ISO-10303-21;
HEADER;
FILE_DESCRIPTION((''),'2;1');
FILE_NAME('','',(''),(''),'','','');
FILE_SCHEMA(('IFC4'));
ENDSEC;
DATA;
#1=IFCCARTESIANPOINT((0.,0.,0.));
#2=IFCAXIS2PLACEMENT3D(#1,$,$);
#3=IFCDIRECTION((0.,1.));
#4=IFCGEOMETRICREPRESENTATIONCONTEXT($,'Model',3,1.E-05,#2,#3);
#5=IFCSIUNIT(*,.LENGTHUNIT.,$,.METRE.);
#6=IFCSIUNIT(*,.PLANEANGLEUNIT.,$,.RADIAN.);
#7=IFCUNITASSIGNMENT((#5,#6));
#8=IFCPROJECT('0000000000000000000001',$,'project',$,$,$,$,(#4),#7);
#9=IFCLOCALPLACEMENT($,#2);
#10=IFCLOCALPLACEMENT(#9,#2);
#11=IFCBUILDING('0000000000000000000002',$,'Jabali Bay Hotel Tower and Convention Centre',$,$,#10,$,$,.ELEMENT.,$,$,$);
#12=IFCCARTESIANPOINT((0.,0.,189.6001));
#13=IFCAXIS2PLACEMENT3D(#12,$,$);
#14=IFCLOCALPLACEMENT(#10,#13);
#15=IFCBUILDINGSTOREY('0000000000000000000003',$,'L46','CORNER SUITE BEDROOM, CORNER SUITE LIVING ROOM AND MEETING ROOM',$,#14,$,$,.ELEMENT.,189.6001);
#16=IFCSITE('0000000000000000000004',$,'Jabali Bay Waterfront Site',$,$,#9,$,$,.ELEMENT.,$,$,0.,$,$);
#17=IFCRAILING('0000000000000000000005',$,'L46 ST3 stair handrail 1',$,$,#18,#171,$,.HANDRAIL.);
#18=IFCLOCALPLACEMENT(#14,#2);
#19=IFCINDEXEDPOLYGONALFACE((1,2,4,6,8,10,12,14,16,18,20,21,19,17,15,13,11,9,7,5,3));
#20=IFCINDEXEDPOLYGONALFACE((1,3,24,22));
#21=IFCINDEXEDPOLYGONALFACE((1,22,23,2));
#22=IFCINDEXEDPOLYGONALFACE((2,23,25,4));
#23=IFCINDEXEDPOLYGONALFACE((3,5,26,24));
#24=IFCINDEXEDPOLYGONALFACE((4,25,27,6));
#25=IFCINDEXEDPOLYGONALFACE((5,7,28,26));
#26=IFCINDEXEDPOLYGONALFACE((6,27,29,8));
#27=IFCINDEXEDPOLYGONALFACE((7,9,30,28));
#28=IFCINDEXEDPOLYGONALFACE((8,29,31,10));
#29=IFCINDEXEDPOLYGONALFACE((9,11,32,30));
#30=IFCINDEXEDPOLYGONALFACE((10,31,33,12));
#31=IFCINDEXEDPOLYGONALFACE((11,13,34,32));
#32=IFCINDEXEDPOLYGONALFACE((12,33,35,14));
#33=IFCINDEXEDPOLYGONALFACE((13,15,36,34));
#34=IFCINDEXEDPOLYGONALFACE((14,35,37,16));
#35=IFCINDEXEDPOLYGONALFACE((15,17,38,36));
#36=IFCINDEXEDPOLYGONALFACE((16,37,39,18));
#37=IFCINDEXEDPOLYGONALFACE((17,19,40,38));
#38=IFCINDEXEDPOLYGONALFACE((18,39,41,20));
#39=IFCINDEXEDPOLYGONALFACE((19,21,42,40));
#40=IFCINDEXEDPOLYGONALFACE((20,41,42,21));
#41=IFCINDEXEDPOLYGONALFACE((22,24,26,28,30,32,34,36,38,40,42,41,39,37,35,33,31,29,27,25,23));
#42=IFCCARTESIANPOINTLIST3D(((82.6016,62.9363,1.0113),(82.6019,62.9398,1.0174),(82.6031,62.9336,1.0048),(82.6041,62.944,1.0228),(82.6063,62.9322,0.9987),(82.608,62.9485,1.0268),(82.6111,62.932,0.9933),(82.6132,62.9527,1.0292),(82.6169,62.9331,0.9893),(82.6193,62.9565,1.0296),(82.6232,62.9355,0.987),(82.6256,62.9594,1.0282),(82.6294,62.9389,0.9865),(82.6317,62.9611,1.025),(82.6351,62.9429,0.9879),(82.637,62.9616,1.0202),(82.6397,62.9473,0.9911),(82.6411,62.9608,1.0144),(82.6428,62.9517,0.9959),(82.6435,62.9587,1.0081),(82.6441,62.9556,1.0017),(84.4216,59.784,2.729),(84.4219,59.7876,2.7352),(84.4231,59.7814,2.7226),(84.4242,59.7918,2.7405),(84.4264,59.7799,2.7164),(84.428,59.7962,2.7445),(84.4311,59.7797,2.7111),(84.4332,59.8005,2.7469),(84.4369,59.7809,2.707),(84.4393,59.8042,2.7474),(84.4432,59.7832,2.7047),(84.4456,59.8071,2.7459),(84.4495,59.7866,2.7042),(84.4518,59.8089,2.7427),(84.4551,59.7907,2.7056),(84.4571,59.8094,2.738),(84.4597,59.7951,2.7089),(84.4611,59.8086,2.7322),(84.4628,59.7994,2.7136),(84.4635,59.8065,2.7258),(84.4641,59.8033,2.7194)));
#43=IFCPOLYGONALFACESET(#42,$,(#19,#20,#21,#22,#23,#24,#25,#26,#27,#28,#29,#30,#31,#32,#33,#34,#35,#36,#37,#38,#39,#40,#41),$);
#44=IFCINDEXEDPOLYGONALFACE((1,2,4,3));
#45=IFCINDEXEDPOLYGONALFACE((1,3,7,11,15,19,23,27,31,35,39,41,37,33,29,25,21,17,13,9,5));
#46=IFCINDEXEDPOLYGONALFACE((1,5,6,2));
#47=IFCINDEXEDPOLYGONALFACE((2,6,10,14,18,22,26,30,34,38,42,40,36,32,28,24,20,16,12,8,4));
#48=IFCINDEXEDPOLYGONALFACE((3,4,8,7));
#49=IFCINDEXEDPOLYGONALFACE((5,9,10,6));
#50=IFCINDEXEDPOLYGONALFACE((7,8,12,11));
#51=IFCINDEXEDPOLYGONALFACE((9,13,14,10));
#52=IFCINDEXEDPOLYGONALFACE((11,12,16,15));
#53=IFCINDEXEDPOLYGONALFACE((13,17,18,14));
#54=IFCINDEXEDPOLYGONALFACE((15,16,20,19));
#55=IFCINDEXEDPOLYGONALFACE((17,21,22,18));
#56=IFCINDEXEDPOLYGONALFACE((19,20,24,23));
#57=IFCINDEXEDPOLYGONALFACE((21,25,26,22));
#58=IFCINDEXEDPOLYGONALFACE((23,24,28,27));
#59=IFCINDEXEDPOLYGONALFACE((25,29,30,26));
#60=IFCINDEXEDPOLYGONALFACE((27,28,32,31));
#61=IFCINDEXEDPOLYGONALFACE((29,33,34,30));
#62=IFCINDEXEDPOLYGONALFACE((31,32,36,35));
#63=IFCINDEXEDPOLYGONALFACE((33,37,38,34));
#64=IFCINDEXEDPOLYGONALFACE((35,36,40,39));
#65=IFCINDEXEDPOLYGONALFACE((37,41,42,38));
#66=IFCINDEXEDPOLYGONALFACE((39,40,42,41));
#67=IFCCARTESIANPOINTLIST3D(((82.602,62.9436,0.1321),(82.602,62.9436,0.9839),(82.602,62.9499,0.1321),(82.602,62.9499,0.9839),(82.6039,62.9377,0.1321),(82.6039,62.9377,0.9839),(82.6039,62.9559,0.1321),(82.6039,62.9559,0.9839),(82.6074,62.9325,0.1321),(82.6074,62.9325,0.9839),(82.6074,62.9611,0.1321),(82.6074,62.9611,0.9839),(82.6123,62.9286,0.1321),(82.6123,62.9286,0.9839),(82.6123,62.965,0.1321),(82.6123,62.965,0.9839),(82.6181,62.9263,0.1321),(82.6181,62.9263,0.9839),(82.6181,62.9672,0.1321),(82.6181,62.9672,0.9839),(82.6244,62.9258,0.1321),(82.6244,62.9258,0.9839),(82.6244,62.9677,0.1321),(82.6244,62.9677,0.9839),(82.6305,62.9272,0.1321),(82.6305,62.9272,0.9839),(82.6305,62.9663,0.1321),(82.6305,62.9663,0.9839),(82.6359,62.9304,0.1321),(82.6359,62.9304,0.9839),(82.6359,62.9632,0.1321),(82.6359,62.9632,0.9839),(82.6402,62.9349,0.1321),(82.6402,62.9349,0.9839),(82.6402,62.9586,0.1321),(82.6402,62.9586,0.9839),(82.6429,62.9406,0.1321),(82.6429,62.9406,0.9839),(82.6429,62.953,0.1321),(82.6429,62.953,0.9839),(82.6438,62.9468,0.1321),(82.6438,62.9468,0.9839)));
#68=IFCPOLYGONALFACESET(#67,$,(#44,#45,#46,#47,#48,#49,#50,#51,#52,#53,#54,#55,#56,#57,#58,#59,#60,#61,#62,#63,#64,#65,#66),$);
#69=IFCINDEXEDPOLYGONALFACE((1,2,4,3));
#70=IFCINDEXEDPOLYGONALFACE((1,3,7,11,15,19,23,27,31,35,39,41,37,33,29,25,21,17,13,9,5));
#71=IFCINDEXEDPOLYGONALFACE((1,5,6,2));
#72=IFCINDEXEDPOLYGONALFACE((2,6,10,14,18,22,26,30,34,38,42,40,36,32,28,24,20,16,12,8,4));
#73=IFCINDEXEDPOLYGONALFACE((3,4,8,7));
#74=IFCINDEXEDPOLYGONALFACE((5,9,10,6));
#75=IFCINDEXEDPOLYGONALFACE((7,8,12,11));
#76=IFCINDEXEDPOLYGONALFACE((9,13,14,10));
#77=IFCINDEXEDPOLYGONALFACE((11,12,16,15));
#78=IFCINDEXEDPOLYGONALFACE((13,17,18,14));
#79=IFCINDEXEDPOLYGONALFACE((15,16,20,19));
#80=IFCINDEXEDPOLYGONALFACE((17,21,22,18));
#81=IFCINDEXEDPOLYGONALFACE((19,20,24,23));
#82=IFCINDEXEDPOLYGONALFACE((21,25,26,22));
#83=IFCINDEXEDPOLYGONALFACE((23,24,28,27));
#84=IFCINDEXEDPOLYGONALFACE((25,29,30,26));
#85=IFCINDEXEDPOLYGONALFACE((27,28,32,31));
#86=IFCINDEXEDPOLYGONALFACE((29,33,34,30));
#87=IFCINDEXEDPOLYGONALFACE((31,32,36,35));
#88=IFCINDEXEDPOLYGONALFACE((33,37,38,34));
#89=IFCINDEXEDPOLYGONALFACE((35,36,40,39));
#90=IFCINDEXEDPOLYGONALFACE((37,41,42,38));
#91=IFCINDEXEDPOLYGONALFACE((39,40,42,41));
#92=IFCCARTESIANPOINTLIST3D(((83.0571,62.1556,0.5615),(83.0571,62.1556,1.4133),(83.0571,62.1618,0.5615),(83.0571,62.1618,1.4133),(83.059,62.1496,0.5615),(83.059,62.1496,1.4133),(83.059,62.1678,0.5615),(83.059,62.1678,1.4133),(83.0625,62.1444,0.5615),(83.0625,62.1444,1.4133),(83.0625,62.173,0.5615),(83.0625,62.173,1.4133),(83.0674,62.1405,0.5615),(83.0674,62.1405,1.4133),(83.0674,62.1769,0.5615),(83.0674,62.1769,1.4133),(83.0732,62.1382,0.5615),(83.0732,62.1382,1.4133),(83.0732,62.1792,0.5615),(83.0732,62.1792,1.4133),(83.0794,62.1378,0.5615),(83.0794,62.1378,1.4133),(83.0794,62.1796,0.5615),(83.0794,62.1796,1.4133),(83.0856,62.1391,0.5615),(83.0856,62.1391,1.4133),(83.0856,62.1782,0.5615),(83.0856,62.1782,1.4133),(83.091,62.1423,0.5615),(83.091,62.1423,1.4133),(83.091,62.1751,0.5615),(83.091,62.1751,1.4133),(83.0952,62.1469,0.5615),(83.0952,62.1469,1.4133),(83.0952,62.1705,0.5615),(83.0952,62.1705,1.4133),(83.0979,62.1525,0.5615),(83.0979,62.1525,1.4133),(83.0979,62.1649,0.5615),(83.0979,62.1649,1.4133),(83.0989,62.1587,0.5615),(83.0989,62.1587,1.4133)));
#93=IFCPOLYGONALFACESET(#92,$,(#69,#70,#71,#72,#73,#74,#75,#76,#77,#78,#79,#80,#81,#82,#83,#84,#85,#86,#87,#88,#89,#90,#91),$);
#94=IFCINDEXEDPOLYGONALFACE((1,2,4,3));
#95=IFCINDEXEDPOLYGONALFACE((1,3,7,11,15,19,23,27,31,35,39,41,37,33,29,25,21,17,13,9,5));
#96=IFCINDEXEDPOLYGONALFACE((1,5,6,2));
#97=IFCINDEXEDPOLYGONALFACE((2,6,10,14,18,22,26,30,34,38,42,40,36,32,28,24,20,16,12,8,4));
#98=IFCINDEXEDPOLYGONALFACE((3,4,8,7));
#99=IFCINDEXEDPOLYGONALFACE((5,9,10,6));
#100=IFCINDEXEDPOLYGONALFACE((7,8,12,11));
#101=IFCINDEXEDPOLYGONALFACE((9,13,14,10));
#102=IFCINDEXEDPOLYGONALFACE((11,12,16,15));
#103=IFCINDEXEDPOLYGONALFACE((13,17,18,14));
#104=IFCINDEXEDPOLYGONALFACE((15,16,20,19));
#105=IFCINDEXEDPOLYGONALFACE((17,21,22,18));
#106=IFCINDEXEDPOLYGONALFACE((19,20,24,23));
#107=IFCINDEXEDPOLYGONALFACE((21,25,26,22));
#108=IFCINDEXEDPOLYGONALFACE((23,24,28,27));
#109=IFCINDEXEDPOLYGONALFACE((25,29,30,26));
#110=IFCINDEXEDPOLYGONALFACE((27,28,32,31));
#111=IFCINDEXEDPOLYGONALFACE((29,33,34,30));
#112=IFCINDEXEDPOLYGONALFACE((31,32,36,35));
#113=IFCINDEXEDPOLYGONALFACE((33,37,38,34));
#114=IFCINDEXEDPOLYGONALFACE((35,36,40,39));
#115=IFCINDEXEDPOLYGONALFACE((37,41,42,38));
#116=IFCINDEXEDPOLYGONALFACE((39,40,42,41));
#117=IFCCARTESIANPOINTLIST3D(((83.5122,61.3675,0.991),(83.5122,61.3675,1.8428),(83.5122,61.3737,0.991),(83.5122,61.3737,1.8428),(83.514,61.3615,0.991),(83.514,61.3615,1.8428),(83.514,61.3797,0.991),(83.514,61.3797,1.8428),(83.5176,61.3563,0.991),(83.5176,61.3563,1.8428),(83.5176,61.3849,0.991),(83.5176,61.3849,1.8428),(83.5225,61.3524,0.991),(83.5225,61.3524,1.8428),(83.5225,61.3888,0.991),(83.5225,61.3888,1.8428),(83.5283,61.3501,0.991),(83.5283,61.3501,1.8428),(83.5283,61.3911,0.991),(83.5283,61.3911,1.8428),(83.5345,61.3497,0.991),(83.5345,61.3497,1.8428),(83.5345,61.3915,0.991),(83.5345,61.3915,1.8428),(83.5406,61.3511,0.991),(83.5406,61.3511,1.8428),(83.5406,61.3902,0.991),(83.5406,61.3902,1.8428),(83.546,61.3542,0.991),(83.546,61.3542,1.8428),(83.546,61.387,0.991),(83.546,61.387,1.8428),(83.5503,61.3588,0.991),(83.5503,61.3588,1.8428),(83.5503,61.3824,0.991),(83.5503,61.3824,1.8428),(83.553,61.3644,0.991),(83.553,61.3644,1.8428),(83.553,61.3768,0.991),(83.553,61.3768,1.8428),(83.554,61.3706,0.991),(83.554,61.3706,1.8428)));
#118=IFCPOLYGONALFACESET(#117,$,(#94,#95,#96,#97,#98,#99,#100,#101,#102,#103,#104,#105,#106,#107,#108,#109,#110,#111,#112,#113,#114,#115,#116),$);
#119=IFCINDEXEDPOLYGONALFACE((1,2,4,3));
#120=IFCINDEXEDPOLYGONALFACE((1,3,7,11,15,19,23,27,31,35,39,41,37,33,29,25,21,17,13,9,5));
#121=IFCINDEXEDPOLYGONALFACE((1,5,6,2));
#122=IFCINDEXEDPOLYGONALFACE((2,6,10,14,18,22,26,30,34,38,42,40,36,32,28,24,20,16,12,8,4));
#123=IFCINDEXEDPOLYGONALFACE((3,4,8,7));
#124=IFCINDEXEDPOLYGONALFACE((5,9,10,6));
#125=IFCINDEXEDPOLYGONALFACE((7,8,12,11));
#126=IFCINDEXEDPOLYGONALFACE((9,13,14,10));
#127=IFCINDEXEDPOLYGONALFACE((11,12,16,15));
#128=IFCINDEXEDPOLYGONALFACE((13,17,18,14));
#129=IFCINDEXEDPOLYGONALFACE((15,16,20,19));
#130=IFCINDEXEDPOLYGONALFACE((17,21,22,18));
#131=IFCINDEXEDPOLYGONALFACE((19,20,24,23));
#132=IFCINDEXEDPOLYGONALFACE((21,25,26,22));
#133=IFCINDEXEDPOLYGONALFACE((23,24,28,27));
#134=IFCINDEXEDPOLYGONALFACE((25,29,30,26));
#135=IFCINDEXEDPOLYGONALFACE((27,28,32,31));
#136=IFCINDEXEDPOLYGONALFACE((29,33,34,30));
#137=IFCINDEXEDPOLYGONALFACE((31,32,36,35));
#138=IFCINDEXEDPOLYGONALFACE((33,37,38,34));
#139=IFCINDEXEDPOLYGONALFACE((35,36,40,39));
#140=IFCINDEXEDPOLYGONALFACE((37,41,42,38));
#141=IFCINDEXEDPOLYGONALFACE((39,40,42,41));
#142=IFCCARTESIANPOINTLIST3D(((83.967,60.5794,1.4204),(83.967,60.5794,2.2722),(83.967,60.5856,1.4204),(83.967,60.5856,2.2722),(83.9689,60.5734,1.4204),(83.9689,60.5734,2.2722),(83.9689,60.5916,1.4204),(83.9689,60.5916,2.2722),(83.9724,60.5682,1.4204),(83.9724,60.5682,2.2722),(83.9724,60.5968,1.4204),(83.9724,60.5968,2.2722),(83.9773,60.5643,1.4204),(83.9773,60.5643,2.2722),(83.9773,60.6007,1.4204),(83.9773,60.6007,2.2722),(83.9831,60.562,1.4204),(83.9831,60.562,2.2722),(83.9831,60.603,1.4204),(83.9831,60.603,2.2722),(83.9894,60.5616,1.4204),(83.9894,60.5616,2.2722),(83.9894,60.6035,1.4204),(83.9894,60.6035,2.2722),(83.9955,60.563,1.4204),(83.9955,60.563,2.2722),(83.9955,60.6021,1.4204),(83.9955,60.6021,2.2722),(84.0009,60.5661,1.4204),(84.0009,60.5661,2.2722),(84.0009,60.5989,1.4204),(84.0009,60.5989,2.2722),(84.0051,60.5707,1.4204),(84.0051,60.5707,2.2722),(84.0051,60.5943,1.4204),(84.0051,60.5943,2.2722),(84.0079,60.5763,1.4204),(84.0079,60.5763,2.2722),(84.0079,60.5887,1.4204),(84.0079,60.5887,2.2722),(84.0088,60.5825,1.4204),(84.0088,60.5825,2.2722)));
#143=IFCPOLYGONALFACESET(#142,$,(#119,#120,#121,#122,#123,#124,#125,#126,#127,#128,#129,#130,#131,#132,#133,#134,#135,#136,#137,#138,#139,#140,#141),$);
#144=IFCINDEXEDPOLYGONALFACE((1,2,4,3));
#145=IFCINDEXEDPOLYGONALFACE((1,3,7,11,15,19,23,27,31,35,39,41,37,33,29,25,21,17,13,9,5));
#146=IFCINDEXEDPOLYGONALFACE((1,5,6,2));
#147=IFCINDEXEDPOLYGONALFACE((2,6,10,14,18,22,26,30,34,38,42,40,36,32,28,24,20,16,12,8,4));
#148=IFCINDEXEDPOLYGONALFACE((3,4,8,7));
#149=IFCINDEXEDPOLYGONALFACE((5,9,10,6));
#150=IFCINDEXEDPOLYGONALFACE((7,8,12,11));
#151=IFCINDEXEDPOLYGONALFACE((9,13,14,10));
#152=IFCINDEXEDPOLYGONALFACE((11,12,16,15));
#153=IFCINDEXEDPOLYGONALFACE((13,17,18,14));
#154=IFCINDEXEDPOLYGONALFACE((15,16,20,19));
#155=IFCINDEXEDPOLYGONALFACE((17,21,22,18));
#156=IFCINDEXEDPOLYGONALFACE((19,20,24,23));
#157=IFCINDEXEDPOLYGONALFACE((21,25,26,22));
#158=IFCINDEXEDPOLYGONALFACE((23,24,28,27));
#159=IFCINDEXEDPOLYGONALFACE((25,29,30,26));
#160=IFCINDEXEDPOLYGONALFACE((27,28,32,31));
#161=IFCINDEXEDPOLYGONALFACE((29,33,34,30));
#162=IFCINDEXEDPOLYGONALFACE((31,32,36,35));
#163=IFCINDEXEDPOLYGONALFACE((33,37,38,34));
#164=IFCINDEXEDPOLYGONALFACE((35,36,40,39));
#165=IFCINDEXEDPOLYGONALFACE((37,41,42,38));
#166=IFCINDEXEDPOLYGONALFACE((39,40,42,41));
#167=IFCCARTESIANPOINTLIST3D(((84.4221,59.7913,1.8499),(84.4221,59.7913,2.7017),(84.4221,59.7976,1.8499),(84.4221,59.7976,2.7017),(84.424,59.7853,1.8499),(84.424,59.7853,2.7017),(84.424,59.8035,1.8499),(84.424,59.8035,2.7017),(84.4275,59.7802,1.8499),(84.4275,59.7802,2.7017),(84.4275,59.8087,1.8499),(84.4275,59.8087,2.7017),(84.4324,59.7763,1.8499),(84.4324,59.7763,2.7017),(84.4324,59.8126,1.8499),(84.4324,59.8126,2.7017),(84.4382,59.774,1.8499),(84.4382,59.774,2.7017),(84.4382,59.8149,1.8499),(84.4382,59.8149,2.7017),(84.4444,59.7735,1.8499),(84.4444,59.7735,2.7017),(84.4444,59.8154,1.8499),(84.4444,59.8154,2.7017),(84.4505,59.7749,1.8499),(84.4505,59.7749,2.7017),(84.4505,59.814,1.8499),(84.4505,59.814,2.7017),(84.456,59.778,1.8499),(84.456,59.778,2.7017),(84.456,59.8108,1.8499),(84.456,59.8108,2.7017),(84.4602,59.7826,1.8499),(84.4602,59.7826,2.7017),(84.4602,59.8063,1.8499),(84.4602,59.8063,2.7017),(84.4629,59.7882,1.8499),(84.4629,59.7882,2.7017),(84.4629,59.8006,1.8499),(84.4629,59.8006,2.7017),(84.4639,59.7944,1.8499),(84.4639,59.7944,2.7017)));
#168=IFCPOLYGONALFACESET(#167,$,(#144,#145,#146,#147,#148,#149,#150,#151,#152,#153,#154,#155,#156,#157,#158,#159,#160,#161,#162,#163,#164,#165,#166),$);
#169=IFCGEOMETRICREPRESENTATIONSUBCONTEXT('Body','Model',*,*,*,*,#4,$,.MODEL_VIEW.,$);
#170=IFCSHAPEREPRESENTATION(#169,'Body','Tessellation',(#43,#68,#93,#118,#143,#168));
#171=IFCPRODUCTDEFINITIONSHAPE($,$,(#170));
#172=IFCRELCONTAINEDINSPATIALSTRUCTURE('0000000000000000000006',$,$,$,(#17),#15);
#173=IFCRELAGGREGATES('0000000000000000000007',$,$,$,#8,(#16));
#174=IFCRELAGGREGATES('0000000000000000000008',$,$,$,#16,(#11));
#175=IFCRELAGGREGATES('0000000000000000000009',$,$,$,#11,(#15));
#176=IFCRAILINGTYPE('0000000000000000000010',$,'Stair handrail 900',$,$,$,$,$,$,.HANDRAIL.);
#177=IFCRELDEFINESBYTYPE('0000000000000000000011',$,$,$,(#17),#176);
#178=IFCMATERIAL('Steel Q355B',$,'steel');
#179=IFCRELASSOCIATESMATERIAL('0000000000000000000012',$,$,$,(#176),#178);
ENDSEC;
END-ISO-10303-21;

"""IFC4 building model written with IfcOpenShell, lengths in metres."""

from ifc_helpers import new_model, si_unit, direction, frame, origin, origin_2d, place, context, subcontext, project, spatial, circle, extrude, material, type_object, element, save


model = new_model("IFC4")

# Units and contexts
model_context = context("Model", 3, precision=1e-05, world=origin(), true_north=direction((0.0, 1.0)))
body_context = subcontext(model_context, "Body", "Model", "MODEL_VIEW")
ifc_project = project(units=[si_unit("LENGTHUNIT", "METRE"), si_unit("PLANEANGLEUNIT", "RADIAN")], contexts=[model_context])

# Site, building, storey
site_placement = place(None, origin())
site = spatial("IfcSite", under=ifc_project, at=site_placement, Name="Jabali Bay Waterfront Site", CompositionType="ELEMENT", RefElevation=0.0)
building_placement = place(site_placement, origin())
building = spatial("IfcBuilding", under=site, at=building_placement, Name="Jabali Bay Hotel Tower and Convention Centre", CompositionType="ELEMENT")
storey_placement = place(building_placement, frame((0.0, 0.0, 189.6001)))
storey = spatial("IfcBuildingStorey", under=building, at=storey_placement, Name="L46", Description="CORNER SUITE BEDROOM, CORNER SUITE LIVING ROOM AND MEETING ROOM", CompositionType="ELEMENT", Elevation=189.6001)

# Railing
ifc_material_1 = material(Name="Steel Q355B", Category="steel")
railing_type_1 = type_object("IfcRailingType", Name="Stair handrail 900", PredefinedType="HANDRAIL", material=ifc_material_1)
railing_1_placement = place(storey_placement, frame((82.6228, 62.9468, 0.1321)))
element("IfcRailing", 1, at=railing_1_placement, inside=storey, type_object=railing_type_1, Name="L46 ST3 stair handrail 1", PredefinedType="HANDRAIL", context=body_context, shape_type="SweptSolid", body=[
    extrude(circle(Radius=0.0239, at=origin_2d()), frame((0.0, 0.0, 0.876), z_axis=(0.45219, -0.78319, 0.426775), x_axis=(0.866018, 0.500013, 0.0)), (0.0, 0.0, 1.0), 4.0249),
    extrude(circle(Radius=0.021, at=origin_2d()), origin(), (0.0, 0.0, 1.0), 0.8518),
    extrude(circle(Radius=0.021, at=origin_2d()), frame((0.4551, -0.7881, 0.4294)), (0.0, 0.0, 1.0), 0.8518),
    extrude(circle(Radius=0.021, at=origin_2d()), frame((0.9102, -1.5762, 0.8589)), (0.0, 0.0, 1.0), 0.8518),
    extrude(circle(Radius=0.021, at=origin_2d()), frame((1.365, -2.3643, 1.2883)), (0.0, 0.0, 1.0), 0.8518),
    extrude(circle(Radius=0.021, at=origin_2d()), frame((1.8201, -3.1523, 1.7178)), (0.0, 0.0, 1.0), 0.8518),
])

save(model, "model.ifc")
